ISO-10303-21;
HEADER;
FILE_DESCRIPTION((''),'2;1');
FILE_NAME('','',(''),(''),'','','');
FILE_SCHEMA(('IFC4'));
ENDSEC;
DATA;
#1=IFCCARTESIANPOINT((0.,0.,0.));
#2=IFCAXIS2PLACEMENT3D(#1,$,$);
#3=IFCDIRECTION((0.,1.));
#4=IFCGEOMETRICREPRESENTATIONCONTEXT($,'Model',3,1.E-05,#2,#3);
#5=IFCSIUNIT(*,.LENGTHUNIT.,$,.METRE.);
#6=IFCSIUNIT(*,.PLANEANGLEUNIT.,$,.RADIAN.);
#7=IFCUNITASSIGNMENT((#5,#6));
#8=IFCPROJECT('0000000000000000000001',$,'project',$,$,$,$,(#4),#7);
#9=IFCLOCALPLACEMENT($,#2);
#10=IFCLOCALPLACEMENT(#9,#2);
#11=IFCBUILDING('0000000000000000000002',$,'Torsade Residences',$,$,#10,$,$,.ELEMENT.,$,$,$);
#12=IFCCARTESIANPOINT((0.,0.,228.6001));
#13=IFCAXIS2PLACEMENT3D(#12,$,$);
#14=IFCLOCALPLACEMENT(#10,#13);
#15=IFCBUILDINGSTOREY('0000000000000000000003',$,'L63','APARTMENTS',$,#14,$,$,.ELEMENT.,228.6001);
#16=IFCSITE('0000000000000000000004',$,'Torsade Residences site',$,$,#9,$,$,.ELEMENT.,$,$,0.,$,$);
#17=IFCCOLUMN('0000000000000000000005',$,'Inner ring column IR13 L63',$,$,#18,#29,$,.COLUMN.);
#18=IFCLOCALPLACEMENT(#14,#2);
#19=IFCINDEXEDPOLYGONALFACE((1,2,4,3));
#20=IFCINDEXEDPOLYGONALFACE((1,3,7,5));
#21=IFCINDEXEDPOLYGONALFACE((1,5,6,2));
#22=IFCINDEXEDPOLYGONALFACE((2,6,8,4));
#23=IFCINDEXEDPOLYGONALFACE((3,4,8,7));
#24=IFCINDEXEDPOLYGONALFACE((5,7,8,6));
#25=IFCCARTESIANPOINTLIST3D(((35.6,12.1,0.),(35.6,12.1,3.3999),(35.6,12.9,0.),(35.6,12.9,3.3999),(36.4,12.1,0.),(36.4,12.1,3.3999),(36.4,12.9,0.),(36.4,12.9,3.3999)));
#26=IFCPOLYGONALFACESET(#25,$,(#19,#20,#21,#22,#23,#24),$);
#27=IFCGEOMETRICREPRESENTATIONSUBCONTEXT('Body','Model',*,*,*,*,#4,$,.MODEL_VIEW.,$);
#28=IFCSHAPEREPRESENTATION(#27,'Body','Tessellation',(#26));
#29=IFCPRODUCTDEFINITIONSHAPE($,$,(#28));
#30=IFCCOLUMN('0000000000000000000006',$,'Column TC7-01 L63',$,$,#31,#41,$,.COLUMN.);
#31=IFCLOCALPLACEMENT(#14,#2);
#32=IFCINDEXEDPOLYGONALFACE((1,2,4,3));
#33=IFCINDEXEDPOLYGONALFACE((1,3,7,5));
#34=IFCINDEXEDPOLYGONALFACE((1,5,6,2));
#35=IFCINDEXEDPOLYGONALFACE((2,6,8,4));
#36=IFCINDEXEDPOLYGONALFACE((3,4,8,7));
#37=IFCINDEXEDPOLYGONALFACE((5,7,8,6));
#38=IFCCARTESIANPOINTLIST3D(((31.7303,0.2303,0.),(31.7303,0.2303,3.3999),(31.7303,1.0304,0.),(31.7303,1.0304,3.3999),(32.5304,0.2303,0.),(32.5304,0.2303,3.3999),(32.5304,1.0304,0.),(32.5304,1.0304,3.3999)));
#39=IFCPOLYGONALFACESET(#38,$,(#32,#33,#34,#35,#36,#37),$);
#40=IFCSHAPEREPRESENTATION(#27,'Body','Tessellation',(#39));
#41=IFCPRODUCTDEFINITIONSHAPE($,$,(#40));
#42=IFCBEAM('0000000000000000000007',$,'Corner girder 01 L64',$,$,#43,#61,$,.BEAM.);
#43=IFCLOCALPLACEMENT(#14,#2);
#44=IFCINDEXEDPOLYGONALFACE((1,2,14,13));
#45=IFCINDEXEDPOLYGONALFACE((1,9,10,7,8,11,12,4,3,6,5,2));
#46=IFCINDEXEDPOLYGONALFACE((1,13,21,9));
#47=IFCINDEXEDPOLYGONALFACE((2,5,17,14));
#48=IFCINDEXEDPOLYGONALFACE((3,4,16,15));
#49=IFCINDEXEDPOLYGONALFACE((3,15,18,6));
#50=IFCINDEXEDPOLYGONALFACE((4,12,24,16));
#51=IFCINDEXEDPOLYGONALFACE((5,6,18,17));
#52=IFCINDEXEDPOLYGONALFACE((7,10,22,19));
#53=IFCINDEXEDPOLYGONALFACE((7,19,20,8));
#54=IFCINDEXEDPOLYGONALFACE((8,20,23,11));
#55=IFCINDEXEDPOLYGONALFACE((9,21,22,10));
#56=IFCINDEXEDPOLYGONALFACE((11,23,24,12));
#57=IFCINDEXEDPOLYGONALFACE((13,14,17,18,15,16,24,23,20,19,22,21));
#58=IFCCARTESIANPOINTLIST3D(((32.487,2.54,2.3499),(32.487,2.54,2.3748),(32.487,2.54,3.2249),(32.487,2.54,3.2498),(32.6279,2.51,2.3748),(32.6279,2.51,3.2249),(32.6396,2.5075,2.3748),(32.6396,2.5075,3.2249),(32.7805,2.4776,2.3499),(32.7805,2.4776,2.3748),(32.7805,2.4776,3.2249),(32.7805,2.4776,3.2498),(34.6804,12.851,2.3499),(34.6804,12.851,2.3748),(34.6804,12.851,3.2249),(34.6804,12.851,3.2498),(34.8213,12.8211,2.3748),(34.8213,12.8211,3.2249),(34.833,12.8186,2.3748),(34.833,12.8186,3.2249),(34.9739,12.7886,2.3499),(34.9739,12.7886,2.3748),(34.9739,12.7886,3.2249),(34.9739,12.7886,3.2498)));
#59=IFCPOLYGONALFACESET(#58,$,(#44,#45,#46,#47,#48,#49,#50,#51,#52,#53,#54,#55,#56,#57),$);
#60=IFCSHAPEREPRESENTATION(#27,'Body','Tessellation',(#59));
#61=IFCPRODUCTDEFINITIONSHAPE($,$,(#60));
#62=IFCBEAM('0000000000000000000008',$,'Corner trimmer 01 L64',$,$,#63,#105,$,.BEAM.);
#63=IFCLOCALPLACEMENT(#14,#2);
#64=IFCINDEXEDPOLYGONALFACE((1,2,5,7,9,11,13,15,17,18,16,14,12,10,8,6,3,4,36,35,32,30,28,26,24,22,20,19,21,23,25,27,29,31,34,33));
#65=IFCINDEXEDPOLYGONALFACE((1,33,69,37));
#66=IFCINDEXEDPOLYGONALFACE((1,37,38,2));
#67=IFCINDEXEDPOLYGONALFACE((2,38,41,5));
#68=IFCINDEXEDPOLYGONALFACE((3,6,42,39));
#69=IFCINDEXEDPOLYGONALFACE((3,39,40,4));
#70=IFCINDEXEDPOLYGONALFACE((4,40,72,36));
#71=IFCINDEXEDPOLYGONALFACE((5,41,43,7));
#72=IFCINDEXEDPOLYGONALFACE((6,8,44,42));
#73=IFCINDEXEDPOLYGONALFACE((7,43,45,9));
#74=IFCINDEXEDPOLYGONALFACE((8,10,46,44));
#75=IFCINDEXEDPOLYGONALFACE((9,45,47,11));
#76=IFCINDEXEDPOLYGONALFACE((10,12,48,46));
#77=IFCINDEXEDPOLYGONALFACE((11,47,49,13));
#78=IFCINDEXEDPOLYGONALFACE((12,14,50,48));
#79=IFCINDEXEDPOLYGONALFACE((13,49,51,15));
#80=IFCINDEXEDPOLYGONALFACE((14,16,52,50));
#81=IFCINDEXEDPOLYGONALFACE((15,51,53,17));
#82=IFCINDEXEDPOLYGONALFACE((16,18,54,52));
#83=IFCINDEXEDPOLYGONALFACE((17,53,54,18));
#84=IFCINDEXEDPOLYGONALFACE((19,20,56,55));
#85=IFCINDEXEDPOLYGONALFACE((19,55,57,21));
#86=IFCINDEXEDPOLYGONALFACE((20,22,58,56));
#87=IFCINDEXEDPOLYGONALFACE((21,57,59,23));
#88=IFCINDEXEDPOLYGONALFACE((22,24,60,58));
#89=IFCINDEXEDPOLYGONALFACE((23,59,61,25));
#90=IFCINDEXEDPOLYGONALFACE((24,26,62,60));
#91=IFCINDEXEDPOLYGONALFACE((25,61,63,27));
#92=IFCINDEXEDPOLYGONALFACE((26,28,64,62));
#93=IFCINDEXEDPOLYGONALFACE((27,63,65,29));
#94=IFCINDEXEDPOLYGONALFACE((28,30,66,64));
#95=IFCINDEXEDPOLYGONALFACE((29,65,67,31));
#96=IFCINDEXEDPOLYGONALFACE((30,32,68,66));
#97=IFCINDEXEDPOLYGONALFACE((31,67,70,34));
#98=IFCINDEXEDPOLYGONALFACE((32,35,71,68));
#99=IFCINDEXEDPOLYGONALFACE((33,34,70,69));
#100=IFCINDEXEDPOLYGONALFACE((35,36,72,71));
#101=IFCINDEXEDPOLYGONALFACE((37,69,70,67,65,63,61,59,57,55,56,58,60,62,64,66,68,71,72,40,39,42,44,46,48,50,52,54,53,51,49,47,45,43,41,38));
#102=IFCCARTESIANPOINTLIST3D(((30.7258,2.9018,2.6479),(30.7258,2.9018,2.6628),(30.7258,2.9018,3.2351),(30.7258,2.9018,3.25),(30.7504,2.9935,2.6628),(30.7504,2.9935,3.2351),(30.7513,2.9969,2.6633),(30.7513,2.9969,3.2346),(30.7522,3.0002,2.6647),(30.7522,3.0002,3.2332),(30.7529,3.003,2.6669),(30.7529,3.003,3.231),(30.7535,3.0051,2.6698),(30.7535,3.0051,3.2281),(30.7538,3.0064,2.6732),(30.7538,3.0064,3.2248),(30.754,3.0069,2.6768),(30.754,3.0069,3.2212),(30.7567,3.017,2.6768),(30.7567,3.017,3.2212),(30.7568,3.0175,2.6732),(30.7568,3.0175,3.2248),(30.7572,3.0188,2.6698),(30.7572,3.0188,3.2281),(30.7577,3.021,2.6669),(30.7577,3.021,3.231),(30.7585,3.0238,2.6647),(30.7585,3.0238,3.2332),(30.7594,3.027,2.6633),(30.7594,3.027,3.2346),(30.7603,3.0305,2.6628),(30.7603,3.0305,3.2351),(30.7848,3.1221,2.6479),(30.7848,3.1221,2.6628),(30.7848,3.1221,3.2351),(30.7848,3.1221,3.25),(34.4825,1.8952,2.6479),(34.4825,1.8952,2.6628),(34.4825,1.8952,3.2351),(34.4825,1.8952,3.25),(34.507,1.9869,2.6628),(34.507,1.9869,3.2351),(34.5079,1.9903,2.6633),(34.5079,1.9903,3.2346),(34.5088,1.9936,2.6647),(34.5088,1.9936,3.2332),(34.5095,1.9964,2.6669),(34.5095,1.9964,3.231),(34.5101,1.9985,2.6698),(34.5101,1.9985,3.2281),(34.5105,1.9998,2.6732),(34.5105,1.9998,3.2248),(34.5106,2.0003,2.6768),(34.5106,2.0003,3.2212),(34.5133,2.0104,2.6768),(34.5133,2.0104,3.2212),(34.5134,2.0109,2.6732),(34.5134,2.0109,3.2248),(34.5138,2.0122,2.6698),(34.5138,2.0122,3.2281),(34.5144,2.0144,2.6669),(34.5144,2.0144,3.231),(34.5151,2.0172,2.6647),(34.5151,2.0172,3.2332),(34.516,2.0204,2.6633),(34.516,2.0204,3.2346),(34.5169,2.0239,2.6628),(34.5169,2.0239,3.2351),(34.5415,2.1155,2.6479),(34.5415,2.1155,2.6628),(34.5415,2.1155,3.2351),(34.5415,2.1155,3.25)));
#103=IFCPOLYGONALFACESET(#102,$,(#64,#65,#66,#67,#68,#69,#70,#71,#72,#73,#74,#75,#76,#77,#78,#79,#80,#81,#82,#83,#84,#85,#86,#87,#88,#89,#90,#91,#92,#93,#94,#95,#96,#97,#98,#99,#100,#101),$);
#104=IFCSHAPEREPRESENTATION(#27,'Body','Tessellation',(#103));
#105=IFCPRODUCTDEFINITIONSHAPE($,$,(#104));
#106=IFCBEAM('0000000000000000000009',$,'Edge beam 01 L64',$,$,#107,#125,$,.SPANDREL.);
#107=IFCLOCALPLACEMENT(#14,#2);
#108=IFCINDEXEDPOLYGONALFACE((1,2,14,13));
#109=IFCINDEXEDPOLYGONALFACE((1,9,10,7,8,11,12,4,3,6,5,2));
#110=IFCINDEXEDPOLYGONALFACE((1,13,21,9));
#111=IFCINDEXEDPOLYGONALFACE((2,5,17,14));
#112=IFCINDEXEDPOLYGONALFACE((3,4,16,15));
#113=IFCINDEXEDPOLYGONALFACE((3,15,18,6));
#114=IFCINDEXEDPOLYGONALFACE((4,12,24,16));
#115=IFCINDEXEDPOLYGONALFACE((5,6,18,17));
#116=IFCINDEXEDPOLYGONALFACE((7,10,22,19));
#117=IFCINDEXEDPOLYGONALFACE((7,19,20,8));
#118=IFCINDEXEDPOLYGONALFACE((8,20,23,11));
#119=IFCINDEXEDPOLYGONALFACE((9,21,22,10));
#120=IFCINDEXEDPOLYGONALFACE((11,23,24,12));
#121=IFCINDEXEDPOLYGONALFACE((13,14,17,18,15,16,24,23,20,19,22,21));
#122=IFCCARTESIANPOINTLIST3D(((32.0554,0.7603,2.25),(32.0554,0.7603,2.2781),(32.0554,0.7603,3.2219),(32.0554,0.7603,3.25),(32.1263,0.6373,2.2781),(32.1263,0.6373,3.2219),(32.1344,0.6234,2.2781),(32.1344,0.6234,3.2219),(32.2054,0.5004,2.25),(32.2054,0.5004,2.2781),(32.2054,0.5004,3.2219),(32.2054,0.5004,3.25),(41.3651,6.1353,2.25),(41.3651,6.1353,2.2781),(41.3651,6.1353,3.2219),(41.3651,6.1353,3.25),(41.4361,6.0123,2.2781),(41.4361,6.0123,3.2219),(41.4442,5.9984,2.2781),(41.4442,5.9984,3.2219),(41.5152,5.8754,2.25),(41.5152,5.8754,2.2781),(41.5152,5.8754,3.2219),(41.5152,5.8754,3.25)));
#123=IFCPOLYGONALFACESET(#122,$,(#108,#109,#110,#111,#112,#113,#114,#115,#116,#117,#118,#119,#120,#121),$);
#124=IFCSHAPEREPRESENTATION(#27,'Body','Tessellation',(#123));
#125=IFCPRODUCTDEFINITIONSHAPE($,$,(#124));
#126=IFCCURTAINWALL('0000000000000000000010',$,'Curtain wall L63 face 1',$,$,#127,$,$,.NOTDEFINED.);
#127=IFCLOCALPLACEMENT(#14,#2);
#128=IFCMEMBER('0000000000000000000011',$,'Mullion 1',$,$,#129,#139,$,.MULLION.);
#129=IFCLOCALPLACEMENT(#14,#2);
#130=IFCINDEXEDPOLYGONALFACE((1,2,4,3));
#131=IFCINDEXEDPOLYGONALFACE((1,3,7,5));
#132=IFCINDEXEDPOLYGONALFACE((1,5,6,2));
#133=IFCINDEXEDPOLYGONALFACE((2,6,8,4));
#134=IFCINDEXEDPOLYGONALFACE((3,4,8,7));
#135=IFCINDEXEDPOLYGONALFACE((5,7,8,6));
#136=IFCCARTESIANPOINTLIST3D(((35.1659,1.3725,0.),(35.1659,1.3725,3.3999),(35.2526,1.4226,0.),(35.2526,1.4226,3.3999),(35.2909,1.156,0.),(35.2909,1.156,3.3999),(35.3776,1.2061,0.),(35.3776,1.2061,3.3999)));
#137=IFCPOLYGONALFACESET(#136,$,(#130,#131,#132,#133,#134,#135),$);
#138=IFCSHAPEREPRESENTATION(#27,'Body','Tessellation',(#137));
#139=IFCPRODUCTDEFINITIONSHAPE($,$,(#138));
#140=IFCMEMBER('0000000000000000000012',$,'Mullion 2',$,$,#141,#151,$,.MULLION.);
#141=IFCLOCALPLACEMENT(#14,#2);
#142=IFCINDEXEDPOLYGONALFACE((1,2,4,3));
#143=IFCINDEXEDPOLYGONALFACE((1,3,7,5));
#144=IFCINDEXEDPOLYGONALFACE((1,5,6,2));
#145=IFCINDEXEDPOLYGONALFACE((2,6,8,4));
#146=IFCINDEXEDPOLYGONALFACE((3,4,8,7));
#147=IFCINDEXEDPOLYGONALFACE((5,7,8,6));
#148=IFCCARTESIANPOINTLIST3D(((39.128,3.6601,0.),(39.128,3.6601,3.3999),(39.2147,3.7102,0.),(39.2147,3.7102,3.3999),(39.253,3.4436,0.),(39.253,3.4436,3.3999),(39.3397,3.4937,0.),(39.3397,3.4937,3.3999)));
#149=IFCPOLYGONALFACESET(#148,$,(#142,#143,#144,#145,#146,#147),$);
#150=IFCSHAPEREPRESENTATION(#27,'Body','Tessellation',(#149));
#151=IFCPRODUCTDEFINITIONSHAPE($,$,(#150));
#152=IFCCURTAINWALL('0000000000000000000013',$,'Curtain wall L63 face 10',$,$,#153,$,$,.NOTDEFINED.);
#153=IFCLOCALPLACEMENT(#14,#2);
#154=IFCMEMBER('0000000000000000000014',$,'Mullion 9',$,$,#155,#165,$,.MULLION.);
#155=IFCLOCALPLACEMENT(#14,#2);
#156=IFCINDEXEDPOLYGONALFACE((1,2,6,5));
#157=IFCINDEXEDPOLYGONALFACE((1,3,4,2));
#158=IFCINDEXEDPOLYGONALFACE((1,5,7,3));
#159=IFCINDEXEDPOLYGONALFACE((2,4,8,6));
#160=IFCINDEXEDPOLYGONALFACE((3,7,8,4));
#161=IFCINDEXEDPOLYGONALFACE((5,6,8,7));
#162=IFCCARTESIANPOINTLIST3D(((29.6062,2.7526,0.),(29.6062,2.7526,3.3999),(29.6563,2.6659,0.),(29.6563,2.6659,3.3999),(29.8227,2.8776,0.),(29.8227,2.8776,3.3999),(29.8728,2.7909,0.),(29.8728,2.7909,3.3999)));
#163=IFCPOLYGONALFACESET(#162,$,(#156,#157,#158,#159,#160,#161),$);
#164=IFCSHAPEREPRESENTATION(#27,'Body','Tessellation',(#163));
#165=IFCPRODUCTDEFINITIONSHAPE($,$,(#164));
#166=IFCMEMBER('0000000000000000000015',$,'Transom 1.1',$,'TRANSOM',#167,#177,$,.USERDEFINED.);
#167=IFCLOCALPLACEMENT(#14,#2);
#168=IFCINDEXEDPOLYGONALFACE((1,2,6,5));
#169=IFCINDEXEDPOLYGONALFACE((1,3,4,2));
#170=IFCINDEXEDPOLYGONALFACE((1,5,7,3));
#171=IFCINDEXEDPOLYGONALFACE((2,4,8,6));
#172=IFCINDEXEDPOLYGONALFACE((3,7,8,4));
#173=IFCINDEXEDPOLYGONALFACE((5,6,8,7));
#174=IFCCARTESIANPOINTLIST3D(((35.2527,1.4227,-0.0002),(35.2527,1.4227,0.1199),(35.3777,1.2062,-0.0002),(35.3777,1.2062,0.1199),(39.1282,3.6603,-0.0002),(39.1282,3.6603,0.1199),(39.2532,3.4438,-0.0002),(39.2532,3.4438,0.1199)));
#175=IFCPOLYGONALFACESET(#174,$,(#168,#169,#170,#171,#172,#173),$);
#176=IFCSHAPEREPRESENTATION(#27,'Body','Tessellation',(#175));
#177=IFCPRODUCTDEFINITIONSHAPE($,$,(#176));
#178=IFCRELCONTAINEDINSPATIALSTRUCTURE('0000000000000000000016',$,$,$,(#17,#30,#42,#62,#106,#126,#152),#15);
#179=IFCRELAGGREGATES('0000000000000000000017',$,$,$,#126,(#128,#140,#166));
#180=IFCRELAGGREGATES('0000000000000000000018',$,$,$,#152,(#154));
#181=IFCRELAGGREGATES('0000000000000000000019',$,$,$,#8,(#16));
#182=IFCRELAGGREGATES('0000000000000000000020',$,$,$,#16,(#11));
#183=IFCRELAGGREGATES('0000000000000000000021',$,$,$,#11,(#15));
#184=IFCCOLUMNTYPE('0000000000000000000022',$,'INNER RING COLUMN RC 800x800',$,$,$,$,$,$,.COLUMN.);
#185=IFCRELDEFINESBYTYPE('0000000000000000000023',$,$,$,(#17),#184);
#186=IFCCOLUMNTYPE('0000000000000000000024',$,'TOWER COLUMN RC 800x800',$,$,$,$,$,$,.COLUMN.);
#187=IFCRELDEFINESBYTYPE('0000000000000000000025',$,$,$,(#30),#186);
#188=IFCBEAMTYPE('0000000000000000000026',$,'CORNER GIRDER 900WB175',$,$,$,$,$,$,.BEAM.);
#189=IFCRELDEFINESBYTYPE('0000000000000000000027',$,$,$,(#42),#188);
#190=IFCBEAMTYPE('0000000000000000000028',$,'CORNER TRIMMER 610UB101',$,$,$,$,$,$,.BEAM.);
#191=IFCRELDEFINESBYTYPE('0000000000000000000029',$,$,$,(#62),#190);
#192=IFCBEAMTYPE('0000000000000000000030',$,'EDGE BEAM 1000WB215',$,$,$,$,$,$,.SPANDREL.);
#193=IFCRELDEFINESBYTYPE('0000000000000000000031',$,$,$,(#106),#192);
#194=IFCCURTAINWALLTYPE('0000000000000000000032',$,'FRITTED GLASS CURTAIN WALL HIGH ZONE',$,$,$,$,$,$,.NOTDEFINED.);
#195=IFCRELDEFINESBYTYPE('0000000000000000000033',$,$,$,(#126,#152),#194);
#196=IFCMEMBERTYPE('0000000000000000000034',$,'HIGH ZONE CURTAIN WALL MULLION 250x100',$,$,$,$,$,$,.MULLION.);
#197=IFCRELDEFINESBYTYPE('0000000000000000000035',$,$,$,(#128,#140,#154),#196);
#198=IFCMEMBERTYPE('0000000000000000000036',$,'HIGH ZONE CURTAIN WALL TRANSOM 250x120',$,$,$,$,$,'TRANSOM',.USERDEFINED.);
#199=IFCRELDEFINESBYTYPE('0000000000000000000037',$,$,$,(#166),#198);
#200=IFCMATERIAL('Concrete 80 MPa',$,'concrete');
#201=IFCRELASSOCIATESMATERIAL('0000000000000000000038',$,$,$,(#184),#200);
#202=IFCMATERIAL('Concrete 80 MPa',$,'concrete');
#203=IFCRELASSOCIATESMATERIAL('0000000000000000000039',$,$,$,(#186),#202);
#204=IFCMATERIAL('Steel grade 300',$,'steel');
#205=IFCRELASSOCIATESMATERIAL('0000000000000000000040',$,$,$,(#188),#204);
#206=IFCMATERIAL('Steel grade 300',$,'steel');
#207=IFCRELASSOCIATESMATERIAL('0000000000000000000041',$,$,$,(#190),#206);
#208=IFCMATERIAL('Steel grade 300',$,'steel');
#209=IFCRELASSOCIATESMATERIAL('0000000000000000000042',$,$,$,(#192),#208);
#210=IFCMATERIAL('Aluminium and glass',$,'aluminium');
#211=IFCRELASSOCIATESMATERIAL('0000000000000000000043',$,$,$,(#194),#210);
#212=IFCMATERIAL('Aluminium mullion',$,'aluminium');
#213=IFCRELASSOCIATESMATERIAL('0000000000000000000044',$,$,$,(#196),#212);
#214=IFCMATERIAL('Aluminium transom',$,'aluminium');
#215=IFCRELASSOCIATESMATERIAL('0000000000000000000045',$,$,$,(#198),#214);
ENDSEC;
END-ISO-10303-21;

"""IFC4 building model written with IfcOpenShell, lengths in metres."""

from ifc_helpers import new_model, si_unit, direction, frame, origin, origin_2d, place, context, subcontext, project, spatial, rectangle, i_section, extrude, material, material_profile, profile_set, type_object, element, aggregate, save


model = new_model("IFC4")

# Units and contexts
model_context = context("Model", 3, precision=1e-05, world=origin(), true_north=direction((0.0, 1.0)))
body_context = subcontext(model_context, "Body", "Model", "MODEL_VIEW")
ifc_project = project(units=[si_unit("LENGTHUNIT", "METRE"), si_unit("PLANEANGLEUNIT", "RADIAN")], contexts=[model_context])

# Site, building, storey
site_placement = place(None, origin())
site = spatial("IfcSite", under=ifc_project, at=site_placement, Name="Torsade Residences site", CompositionType="ELEMENT", RefElevation=0.0)
building_placement = place(site_placement, origin())
building = spatial("IfcBuilding", under=site, at=building_placement, Name="Torsade Residences", CompositionType="ELEMENT")
storey_placement = place(building_placement, frame((0.0, 0.0, 228.6001)))
storey = spatial("IfcBuildingStorey", under=building, at=storey_placement, Name="L63", Description="APARTMENTS", CompositionType="ELEMENT", Elevation=228.6001)

# Columns
ifc_material_1 = material(Name="Concrete 80 MPa", Category="concrete")
ifc_material_profile_1 = material_profile(ifc_material_1, rectangle(XDim=0.8, YDim=0.8, at=origin_2d()), Name="RC 800x800")
ifc_profile_set_1 = profile_set([ifc_material_profile_1], Name="Concrete 80 MPa")
column_type_1 = type_object("IfcColumnType", Name="INNER RING COLUMN RC 800x800", PredefinedType="COLUMN", material=ifc_profile_set_1)
column_1_placement = place(storey_placement, frame((36.0, 12.5, 0.0), z_axis=(0.0, 0.0, 1.0), x_axis=(1.0, 0.0, 0.0)))
element("IfcColumn", 1, at=column_1_placement, inside=storey, type_object=column_type_1, Name="Inner ring column IR13 L63", PredefinedType="COLUMN", context=body_context, shape_type="SweptSolid", body=[
    extrude(rectangle(XDim=0.8, YDim=0.8, at=origin_2d()), origin(), (0.0, 0.0, 1.0), 3.3999),
])
ifc_material_2 = material(Name="Concrete 80 MPa", Category="concrete")
ifc_material_profile_2 = material_profile(ifc_material_2, rectangle(XDim=0.8, YDim=0.8, at=origin_2d()), Name="RC 800x800")
ifc_profile_set_2 = profile_set([ifc_material_profile_2], Name="Concrete 80 MPa")
column_type_2 = type_object("IfcColumnType", Name="TOWER COLUMN RC 800x800", PredefinedType="COLUMN", material=ifc_profile_set_2)
column_2_placement = place(storey_placement, frame((32.1304, 0.6304, 0.0), z_axis=(0.0, 0.0, 1.0), x_axis=(1.0, 0.0, 0.0)))
element("IfcColumn", 2, at=column_2_placement, inside=storey, type_object=column_type_2, Name="Column TC7-01 L63", PredefinedType="COLUMN", context=body_context, shape_type="SweptSolid", body=[
    extrude(rectangle(XDim=0.8, YDim=0.8, at=origin_2d()), origin(), (0.0, 0.0, 1.0), 3.3999),
])

# Beams
ifc_material_3 = material(Name="Steel grade 300", Category="steel")
ifc_material_profile_3 = material_profile(ifc_material_3, i_section(OverallWidth=0.3, OverallDepth=0.8999, WebThickness=0.012, FlangeThickness=0.0249, at=origin_2d()), Name="900WB175")
ifc_profile_set_3 = profile_set([ifc_material_profile_3], Name="Steel grade 300")
beam_type_1 = type_object("IfcBeamType", Name="CORNER GIRDER 900WB175", PredefinedType="BEAM", material=ifc_profile_set_3)
beam_1_placement = place(storey_placement, frame((32.6338, 2.5088, 2.7998), z_axis=(0.208064, 0.978115, 0.0), x_axis=(-0.978115, 0.208064, 0.0)))
element("IfcBeam", 3, at=beam_1_placement, inside=storey, type_object=beam_type_1, Name="Corner girder 01 L64", PredefinedType="BEAM", context=body_context, shape_type="SweptSolid", body=[
    extrude(i_section(OverallWidth=0.3, OverallDepth=0.8999, WebThickness=0.012, FlangeThickness=0.0249, at=origin_2d()), origin(), (0.0, 0.0, 1.0), 10.5417),
])
ifc_material_4 = material(Name="Steel grade 300", Category="steel")
ifc_material_profile_4 = material_profile(ifc_material_4, i_section(OverallWidth=0.228, OverallDepth=0.6021, WebThickness=0.0105, FlangeThickness=0.0149, FilletRadius=0.0139, at=origin_2d()), Name="610UB101")
ifc_profile_set_4 = profile_set([ifc_material_profile_4], Name="Steel grade 300")
beam_type_2 = type_object("IfcBeamType", Name="CORNER TRIMMER 610UB101", PredefinedType="BEAM", material=ifc_profile_set_4)
beam_2_placement = place(storey_placement, frame((34.512, 2.0054, 2.949), z_axis=(-0.965925, 0.258823, 0.0), x_axis=(-0.258823, -0.965925, 0.0)))
element("IfcBeam", 4, at=beam_2_placement, inside=storey, type_object=beam_type_2, Name="Corner trimmer 01 L64", PredefinedType="BEAM", context=body_context, shape_type="SweptSolid", body=[
    extrude(i_section(OverallWidth=0.228, OverallDepth=0.6021, WebThickness=0.0105, FlangeThickness=0.0149, FilletRadius=0.0139, at=origin_2d()), origin(), (0.0, 0.0, 1.0), 3.8892),
])
ifc_material_5 = material(Name="Steel grade 300", Category="steel")
ifc_material_profile_5 = material_profile(ifc_material_5, i_section(OverallWidth=0.3, OverallDepth=1.0, WebThickness=0.0161, FlangeThickness=0.0281, at=origin_2d()), Name="1000WB215")
ifc_profile_set_5 = profile_set([ifc_material_profile_5], Name="Steel grade 300")
beam_type_3 = type_object("IfcBeamType", Name="EDGE BEAM 1000WB215", PredefinedType="SPANDREL", material=ifc_profile_set_5)
beam_3_placement = place(storey_placement, frame((32.1304, 0.6304, 2.75), z_axis=(0.866026, 0.499998, 0.0), x_axis=(-0.499998, 0.866026, 0.0)))
element("IfcBeam", 5, at=beam_3_placement, inside=storey, type_object=beam_type_3, Name="Edge beam 01 L64", PredefinedType="SPANDREL", context=body_context, shape_type="SweptSolid", body=[
    extrude(i_section(OverallWidth=0.3, OverallDepth=1.0, WebThickness=0.0161, FlangeThickness=0.0281, at=origin_2d()), origin(), (0.0, 0.0, 1.0), 10.75),
])

# Curtain wall, members
ifc_material_6 = material(Name="Aluminium and glass", Category="aluminium")
curtain_wall_type = type_object("IfcCurtainWallType", Name="FRITTED GLASS CURTAIN WALL HIGH ZONE", PredefinedType="NOTDEFINED", material=ifc_material_6)
curtain_wall_1_placement = place(storey_placement, origin())
curtain_wall_1 = element("IfcCurtainWall", 6, at=curtain_wall_1_placement, inside=storey, type_object=curtain_wall_type, Name="Curtain wall L63 face 1", PredefinedType="NOTDEFINED")
ifc_material_7 = material(Name="Aluminium mullion", Category="aluminium")
ifc_material_profile_6 = material_profile(ifc_material_7, rectangle(XDim=0.25, YDim=0.1001, at=origin_2d()), Name="HIGH ZONE CURTAIN WALL MULLION 250x100")
ifc_profile_set_6 = profile_set([ifc_material_profile_6], Name="Aluminium mullion")
member_type_1 = type_object("IfcMemberType", Name="HIGH ZONE CURTAIN WALL MULLION 250x100", PredefinedType="MULLION", material=ifc_profile_set_6)
member_1_placement = place(storey_placement, frame((35.2717, 1.2893, 0.0), z_axis=(0.0, 0.0, 1.0), x_axis=(-0.5, 0.866025, 0.0)))
member_1 = element("IfcMember", 7, at=member_1_placement, type_object=member_type_1, Name="Mullion 1", PredefinedType="MULLION", context=body_context, shape_type="SweptSolid", body=[
    extrude(rectangle(XDim=0.25, YDim=0.1001, at=origin_2d()), origin(), (0.0, 0.0, 1.0), 3.3999),
])
member_2_placement = place(storey_placement, frame((39.2339, 3.5769, 0.0), z_axis=(0.0, 0.0, 1.0), x_axis=(-0.5, 0.866025, 0.0)))
member_2 = element("IfcMember", 8, at=member_2_placement, type_object=member_type_1, Name="Mullion 2", PredefinedType="MULLION", context=body_context, shape_type="SweptSolid", body=[
    extrude(rectangle(XDim=0.25, YDim=0.1001, at=origin_2d()), origin(), (0.0, 0.0, 1.0), 3.3999),
])

# Curtain wall, member
curtain_wall_2_placement = place(storey_placement, origin())
curtain_wall_2 = element("IfcCurtainWall", 9, at=curtain_wall_2_placement, inside=storey, type_object=curtain_wall_type, Name="Curtain wall L63 face 10", PredefinedType="NOTDEFINED")
member_3_placement = place(storey_placement, frame((29.7395, 2.7717, 0.0), z_axis=(0.0, 0.0, 1.0), x_axis=(0.866025, 0.5, 0.0)))
member_3 = element("IfcMember", 10, at=member_3_placement, type_object=member_type_1, Name="Mullion 9", PredefinedType="MULLION", context=body_context, shape_type="SweptSolid", body=[
    extrude(rectangle(XDim=0.25, YDim=0.1001, at=origin_2d()), origin(), (0.0, 0.0, 1.0), 3.3999),
])

# Member
ifc_material_8 = material(Name="Aluminium transom", Category="aluminium")
ifc_material_profile_7 = material_profile(ifc_material_8, rectangle(XDim=0.25, YDim=0.1201, at=origin_2d()), Name="HIGH ZONE CURTAIN WALL TRANSOM 250x120")
ifc_profile_set_7 = profile_set([ifc_material_profile_7], Name="Aluminium transom")
member_type_2 = type_object("IfcMemberType", Name="HIGH ZONE CURTAIN WALL TRANSOM 250x120", ElementType="TRANSOM", PredefinedType="USERDEFINED", material=ifc_profile_set_7)
member_4_placement = place(storey_placement, frame((35.3152, 1.3145, 0.0598), z_axis=(0.866022, 0.500006, 0.0), x_axis=(-0.500006, 0.866022, 0.0)))
member_4 = element("IfcMember", 11, at=member_4_placement, type_object=member_type_2, Name="Transom 1.1", ObjectType="TRANSOM", PredefinedType="USERDEFINED", context=body_context, shape_type="SweptSolid", body=[
    extrude(rectangle(XDim=0.25, YDim=0.1201, at=origin_2d()), origin(), (0.0, 0.0, 1.0), 4.4751),
])

aggregate(curtain_wall_1, [member_1, member_2, member_4])
aggregate(curtain_wall_2, [member_3])

save(model, "model.ifc")
